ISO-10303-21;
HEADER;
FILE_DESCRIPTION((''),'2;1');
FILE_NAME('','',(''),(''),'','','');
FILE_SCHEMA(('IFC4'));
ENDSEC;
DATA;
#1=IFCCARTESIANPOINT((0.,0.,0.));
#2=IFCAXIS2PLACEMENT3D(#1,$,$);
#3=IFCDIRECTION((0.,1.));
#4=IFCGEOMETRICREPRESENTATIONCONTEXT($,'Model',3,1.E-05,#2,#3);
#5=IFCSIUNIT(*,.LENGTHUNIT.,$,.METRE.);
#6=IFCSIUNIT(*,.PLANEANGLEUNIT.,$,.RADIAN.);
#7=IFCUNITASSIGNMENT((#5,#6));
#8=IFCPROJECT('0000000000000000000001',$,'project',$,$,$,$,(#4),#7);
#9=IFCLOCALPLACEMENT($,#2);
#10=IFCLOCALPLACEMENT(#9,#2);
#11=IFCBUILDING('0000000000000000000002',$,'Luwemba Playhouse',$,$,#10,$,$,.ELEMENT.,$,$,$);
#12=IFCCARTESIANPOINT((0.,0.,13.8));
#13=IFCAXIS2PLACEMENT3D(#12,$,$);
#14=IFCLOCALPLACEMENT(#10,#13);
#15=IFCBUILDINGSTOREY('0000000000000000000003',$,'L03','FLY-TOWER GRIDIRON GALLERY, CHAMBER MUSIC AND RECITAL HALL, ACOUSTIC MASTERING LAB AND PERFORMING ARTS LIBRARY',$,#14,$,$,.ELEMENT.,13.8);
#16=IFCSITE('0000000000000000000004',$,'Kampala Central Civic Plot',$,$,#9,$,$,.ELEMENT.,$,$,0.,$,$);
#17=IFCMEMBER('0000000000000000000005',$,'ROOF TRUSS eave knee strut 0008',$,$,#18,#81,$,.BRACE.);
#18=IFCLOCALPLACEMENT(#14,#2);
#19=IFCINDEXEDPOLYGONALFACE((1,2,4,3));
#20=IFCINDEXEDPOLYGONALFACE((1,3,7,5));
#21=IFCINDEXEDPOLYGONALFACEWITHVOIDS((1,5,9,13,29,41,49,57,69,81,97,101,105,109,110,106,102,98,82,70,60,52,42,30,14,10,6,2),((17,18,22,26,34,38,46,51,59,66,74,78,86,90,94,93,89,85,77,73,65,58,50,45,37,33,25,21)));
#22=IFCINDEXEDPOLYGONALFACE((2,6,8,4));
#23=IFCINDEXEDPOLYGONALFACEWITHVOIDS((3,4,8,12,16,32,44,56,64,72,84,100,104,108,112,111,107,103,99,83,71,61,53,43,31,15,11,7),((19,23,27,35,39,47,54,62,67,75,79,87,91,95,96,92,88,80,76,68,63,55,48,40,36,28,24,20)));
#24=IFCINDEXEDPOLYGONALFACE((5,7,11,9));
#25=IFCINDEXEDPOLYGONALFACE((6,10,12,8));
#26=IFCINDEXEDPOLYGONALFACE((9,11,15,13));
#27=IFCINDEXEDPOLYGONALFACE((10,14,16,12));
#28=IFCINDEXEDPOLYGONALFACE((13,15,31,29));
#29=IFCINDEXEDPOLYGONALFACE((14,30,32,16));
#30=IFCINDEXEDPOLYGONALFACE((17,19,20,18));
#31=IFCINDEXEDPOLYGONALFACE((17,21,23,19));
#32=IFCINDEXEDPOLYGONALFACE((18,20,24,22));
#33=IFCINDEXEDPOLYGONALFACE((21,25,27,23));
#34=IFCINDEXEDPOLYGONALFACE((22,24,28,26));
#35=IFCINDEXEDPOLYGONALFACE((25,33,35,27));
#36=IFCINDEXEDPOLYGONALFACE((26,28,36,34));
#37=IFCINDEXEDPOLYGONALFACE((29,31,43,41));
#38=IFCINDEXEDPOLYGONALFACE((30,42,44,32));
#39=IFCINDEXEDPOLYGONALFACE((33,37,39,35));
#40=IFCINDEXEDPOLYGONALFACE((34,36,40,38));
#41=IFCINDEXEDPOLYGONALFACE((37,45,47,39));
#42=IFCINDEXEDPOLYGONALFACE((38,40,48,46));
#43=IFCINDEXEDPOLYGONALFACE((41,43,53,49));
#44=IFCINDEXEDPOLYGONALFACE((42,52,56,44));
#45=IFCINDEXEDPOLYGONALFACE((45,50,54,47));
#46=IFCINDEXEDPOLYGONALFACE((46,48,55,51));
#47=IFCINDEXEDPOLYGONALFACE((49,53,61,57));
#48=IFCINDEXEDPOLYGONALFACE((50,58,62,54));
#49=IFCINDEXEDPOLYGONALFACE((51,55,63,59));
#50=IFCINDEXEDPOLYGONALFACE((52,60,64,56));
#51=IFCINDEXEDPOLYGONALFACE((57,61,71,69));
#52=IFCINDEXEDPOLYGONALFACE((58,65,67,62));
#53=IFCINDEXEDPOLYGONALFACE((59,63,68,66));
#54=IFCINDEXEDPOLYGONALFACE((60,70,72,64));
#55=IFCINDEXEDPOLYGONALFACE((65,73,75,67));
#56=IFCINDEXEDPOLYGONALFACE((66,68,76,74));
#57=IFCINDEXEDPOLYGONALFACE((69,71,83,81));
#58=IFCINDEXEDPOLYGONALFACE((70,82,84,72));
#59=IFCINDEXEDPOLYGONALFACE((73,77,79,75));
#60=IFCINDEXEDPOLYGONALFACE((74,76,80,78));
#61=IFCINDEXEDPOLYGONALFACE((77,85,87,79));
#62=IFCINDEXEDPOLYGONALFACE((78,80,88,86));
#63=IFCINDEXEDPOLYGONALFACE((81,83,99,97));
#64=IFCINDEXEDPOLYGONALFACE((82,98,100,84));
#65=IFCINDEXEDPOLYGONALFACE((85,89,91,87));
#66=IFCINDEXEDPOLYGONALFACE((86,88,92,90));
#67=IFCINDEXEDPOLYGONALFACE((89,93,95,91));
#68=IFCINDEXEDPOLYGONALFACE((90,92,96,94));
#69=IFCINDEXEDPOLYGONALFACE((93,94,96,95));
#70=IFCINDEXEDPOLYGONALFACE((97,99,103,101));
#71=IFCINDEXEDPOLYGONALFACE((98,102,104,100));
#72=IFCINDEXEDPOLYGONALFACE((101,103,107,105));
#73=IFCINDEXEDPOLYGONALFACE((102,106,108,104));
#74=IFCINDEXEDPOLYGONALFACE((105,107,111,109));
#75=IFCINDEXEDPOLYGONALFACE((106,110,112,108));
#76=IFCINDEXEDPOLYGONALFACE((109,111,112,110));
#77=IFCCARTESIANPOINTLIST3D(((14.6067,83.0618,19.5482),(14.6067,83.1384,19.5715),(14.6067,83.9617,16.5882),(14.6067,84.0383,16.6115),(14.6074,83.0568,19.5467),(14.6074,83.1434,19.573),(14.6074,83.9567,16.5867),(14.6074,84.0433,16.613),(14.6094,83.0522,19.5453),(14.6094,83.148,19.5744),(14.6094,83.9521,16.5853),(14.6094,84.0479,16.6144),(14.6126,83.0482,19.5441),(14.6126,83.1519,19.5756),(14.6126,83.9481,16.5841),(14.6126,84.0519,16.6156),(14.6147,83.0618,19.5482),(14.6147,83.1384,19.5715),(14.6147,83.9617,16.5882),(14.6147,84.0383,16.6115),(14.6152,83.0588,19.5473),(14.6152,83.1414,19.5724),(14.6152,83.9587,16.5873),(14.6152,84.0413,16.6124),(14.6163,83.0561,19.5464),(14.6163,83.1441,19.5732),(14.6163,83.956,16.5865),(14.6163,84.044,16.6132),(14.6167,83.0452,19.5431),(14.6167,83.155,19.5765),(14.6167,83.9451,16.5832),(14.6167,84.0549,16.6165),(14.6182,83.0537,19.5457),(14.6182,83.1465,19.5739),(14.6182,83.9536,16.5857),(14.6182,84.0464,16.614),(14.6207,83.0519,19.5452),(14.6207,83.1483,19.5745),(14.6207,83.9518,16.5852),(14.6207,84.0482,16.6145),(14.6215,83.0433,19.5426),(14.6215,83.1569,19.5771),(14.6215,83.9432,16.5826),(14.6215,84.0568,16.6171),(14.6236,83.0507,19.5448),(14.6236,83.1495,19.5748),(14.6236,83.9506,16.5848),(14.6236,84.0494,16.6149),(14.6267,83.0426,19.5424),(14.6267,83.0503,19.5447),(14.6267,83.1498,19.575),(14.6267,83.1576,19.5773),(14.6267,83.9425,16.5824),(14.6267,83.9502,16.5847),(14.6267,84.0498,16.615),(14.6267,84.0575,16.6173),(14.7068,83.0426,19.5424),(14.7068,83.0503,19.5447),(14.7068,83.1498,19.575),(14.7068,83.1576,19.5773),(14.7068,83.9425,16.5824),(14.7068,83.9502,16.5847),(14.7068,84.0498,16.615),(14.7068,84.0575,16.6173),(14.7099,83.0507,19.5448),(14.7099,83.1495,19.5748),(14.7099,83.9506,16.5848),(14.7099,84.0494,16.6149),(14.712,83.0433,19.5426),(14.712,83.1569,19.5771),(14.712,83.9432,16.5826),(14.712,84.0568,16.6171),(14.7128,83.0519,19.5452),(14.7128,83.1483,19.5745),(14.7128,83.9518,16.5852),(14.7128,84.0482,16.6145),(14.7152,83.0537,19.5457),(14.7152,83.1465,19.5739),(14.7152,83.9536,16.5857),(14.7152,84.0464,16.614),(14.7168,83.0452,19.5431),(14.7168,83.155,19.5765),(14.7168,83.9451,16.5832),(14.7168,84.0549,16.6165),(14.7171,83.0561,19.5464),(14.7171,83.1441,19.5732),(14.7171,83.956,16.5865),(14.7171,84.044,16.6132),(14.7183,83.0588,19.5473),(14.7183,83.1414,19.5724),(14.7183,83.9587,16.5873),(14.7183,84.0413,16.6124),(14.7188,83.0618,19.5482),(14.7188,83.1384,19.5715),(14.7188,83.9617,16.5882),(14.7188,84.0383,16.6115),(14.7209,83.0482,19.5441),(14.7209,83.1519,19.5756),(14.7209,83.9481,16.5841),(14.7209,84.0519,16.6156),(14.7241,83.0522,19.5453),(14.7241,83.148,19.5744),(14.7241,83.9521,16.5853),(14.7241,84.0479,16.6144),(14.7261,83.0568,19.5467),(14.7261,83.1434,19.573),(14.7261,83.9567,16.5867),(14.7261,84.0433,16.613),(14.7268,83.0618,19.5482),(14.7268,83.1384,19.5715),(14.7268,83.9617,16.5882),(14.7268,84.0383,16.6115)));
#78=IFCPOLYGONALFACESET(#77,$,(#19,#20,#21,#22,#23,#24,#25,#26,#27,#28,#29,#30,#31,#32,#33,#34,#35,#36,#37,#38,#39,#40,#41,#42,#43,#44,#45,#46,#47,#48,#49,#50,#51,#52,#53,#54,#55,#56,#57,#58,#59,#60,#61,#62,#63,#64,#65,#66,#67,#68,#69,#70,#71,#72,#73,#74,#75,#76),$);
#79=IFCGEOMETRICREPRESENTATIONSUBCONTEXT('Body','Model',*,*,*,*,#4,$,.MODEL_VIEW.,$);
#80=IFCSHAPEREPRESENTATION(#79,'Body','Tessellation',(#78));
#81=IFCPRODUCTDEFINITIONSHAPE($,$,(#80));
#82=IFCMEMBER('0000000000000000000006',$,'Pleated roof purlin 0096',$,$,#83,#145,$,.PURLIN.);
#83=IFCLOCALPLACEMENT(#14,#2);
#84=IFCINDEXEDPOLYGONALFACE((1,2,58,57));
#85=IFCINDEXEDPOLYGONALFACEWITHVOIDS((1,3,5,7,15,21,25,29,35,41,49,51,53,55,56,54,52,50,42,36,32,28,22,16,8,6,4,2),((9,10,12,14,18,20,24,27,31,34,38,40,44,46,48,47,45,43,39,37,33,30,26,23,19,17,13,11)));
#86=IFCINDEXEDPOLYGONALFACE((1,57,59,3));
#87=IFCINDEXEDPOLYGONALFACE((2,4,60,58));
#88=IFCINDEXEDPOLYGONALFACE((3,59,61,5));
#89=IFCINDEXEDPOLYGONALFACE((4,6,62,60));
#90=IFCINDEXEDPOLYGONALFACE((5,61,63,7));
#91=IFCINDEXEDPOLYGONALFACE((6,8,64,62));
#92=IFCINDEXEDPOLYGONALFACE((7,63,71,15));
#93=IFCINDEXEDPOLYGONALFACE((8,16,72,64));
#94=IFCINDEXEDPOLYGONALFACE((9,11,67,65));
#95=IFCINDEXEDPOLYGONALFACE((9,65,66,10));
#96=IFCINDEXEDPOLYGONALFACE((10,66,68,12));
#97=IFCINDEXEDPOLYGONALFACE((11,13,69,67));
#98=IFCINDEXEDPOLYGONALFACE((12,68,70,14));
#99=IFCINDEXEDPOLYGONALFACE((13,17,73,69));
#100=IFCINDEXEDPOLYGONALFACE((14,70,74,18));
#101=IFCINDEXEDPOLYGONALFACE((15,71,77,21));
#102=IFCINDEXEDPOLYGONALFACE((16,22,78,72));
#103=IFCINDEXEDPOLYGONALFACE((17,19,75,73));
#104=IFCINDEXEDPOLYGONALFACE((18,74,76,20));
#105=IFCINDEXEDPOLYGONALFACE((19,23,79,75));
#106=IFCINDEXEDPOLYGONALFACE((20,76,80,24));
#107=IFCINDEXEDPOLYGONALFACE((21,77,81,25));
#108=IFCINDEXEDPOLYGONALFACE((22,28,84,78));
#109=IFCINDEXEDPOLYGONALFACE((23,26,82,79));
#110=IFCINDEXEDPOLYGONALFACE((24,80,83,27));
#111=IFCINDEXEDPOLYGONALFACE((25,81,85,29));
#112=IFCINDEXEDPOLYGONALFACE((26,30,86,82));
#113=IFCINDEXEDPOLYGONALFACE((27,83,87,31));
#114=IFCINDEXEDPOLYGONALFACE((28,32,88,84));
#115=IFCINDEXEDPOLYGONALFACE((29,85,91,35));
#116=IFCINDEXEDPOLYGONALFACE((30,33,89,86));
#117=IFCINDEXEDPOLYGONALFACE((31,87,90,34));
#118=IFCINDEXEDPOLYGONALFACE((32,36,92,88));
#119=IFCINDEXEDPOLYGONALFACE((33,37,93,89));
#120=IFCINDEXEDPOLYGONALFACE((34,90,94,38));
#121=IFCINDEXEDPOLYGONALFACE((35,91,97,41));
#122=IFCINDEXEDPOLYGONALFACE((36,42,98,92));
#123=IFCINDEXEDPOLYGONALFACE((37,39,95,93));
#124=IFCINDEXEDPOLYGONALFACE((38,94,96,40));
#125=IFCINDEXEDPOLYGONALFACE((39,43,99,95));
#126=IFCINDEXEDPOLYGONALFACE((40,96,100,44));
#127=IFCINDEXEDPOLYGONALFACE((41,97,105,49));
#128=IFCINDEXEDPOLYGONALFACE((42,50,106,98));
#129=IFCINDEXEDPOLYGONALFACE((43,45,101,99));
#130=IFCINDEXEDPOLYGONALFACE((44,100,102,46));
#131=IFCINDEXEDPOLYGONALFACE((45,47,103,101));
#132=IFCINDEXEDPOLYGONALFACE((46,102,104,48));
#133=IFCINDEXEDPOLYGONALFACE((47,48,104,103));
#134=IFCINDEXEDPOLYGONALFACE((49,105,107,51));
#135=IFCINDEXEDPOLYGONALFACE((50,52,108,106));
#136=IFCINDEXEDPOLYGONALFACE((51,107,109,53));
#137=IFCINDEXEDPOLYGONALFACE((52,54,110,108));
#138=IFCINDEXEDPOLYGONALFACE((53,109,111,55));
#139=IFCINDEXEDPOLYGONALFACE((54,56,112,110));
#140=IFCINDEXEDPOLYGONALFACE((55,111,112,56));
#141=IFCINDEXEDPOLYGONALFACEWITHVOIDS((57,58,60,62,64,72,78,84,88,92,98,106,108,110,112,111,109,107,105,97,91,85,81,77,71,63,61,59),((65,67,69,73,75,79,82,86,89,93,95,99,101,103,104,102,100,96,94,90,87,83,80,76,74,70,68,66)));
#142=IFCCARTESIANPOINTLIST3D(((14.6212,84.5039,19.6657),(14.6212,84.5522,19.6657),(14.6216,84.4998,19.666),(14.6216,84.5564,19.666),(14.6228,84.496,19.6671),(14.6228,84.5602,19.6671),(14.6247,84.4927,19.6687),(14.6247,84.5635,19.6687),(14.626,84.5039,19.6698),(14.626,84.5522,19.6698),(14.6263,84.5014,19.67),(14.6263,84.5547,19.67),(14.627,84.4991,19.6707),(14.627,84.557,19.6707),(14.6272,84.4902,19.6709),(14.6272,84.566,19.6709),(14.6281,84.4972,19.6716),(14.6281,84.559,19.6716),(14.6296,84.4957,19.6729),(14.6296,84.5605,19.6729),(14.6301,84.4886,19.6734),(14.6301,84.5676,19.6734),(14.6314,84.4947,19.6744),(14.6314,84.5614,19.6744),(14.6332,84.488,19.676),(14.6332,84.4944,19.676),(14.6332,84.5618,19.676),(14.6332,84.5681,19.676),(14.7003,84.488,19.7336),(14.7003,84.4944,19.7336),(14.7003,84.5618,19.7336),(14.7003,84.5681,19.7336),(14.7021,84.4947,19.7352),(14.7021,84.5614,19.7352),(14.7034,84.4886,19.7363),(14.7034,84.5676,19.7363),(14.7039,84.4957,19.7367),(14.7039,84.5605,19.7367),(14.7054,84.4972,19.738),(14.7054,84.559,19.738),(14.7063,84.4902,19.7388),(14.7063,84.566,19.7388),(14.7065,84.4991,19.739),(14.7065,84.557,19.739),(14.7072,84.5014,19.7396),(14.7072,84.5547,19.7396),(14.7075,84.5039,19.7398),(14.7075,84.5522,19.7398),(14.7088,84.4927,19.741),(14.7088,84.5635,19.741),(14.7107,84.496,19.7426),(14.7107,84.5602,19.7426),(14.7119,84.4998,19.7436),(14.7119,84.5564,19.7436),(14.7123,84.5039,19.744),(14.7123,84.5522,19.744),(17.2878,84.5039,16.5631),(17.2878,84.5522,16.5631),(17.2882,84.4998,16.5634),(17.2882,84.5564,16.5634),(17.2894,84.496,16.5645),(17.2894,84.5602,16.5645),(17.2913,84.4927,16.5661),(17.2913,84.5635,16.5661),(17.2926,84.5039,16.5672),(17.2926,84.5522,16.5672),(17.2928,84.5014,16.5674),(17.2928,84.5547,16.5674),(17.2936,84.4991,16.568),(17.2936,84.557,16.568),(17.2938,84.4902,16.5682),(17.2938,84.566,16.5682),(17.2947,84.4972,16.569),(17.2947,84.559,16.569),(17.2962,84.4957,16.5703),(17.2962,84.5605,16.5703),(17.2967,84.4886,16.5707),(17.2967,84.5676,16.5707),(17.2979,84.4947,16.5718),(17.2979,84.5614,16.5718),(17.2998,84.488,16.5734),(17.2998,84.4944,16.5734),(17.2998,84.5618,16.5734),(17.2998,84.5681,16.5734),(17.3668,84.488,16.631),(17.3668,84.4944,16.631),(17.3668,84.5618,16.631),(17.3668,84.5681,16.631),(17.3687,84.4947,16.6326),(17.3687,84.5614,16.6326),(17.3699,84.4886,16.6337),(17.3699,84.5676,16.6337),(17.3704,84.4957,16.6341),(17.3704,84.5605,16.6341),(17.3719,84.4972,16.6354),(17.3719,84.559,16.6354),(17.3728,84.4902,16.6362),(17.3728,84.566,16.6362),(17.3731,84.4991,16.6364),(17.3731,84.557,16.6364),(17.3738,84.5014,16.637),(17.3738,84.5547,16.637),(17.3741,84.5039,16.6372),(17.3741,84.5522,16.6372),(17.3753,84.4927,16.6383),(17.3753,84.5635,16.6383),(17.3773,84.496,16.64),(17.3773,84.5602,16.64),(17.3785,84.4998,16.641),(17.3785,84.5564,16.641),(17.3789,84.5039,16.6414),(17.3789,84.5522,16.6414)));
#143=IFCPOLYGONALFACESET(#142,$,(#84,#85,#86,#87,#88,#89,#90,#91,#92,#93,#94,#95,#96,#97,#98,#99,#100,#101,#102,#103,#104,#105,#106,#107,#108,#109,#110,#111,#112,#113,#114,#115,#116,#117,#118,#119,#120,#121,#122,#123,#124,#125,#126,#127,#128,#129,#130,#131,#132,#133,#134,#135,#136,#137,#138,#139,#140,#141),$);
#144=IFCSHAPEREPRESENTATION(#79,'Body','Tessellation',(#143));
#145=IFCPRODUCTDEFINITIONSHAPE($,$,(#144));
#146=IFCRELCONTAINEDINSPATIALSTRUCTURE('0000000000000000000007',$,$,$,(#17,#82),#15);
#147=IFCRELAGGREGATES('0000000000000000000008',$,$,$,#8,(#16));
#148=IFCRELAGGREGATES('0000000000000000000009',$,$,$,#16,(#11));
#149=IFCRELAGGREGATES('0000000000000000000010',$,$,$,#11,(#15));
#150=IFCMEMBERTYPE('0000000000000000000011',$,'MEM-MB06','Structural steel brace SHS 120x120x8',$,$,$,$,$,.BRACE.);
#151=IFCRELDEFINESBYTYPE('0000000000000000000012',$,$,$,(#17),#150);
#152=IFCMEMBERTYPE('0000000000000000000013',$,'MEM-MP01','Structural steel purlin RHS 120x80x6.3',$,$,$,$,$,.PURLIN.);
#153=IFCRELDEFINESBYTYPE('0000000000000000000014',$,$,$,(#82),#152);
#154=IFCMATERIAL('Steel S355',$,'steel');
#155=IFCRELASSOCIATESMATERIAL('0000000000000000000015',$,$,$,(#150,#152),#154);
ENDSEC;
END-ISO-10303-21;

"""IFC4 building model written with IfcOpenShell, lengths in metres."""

from ifc_helpers import new_model, si_unit, direction, frame, origin, origin_2d, place, context, subcontext, project, spatial, hollow_rectangle, extrude, material, material_profile, profile_set, type_object, element, save


model = new_model("IFC4")

# Units and contexts
model_context = context("Model", 3, precision=1e-05, world=origin(), true_north=direction((0.0, 1.0)))
body_context = subcontext(model_context, "Body", "Model", "MODEL_VIEW")
ifc_project = project(units=[si_unit("LENGTHUNIT", "METRE"), si_unit("PLANEANGLEUNIT", "RADIAN")], contexts=[model_context])

# Site, building, storey
site_placement = place(None, origin())
site = spatial("IfcSite", under=ifc_project, at=site_placement, Name="Kampala Central Civic Plot", CompositionType="ELEMENT", RefElevation=0.0)
building_placement = place(site_placement, origin())
building = spatial("IfcBuilding", under=site, at=building_placement, Name="Luwemba Playhouse", CompositionType="ELEMENT")
storey_placement = place(building_placement, frame((0.0, 0.0, 13.8)))
storey = spatial("IfcBuildingStorey", under=building, at=storey_placement, Name="L03", Description="FLY-TOWER GRIDIRON GALLERY, CHAMBER MUSIC AND RECITAL HALL, ACOUSTIC MASTERING LAB AND PERFORMING ARTS LIBRARY", CompositionType="ELEMENT", Elevation=13.8)

# Shared definitions
ifc_material_1 = material(Name="Steel S355", Category="steel")

# Members
ifc_material_profile_1 = material_profile(ifc_material_1, hollow_rectangle(XDim=0.1201, YDim=0.1201, WallThickness=0.0081, InnerFilletRadius=0.012, OuterFilletRadius=0.02, at=origin_2d()))
ifc_profile_set_1 = profile_set([ifc_material_profile_1], Name="Steel S355")
member_type_1 = type_object("IfcMemberType", Name="MEM-MB06", Description="Structural steel brace SHS 120x120x8", PredefinedType="BRACE", material=ifc_profile_set_1)
member_1_placement = place(storey_placement, frame((14.6667, 84.0, 16.5999), z_axis=(0.0, -0.290879, 0.95676), x_axis=(1.0, 0.0, 0.0)))
element("IfcMember", 1, at=member_1_placement, inside=storey, type_object=member_type_1, Name="ROOF TRUSS eave knee strut 0008", PredefinedType="BRACE", context=body_context, shape_type="SweptSolid", body=[
    extrude(hollow_rectangle(XDim=0.1201, YDim=0.1201, WallThickness=0.0081, InnerFilletRadius=0.012, OuterFilletRadius=0.02, at=origin_2d()), origin(), (0.0, 0.0, 1.0), 3.0938),
])
ifc_material_profile_2 = material_profile(ifc_material_1, hollow_rectangle(XDim=0.0801, YDim=0.1201, WallThickness=0.0063, InnerFilletRadius=0.0095, OuterFilletRadius=0.0159, at=origin_2d()))
ifc_profile_set_2 = profile_set([ifc_material_profile_2], Name="Steel S355")
member_type_2 = type_object("IfcMemberType", Name="MEM-MP01", Description="Structural steel purlin RHS 120x80x6.3", PredefinedType="PURLIN", material=ifc_profile_set_2)
member_2_placement = place(storey_placement, frame((14.6667, 84.5281, 19.7048), z_axis=(0.651803, 0.0, -0.758388), x_axis=(0.0, 1.0, 0.0)))
element("IfcMember", 2, at=member_2_placement, inside=storey, type_object=member_type_2, Name="Pleated roof purlin 0096", PredefinedType="PURLIN", context=body_context, shape_type="SweptSolid", body=[
    extrude(hollow_rectangle(XDim=0.0801, YDim=0.1201, WallThickness=0.0063, InnerFilletRadius=0.0095, OuterFilletRadius=0.0159, at=origin_2d()), origin(), (0.0, 0.0, 1.0), 4.0911),
])

save(model, "model.ifc")
